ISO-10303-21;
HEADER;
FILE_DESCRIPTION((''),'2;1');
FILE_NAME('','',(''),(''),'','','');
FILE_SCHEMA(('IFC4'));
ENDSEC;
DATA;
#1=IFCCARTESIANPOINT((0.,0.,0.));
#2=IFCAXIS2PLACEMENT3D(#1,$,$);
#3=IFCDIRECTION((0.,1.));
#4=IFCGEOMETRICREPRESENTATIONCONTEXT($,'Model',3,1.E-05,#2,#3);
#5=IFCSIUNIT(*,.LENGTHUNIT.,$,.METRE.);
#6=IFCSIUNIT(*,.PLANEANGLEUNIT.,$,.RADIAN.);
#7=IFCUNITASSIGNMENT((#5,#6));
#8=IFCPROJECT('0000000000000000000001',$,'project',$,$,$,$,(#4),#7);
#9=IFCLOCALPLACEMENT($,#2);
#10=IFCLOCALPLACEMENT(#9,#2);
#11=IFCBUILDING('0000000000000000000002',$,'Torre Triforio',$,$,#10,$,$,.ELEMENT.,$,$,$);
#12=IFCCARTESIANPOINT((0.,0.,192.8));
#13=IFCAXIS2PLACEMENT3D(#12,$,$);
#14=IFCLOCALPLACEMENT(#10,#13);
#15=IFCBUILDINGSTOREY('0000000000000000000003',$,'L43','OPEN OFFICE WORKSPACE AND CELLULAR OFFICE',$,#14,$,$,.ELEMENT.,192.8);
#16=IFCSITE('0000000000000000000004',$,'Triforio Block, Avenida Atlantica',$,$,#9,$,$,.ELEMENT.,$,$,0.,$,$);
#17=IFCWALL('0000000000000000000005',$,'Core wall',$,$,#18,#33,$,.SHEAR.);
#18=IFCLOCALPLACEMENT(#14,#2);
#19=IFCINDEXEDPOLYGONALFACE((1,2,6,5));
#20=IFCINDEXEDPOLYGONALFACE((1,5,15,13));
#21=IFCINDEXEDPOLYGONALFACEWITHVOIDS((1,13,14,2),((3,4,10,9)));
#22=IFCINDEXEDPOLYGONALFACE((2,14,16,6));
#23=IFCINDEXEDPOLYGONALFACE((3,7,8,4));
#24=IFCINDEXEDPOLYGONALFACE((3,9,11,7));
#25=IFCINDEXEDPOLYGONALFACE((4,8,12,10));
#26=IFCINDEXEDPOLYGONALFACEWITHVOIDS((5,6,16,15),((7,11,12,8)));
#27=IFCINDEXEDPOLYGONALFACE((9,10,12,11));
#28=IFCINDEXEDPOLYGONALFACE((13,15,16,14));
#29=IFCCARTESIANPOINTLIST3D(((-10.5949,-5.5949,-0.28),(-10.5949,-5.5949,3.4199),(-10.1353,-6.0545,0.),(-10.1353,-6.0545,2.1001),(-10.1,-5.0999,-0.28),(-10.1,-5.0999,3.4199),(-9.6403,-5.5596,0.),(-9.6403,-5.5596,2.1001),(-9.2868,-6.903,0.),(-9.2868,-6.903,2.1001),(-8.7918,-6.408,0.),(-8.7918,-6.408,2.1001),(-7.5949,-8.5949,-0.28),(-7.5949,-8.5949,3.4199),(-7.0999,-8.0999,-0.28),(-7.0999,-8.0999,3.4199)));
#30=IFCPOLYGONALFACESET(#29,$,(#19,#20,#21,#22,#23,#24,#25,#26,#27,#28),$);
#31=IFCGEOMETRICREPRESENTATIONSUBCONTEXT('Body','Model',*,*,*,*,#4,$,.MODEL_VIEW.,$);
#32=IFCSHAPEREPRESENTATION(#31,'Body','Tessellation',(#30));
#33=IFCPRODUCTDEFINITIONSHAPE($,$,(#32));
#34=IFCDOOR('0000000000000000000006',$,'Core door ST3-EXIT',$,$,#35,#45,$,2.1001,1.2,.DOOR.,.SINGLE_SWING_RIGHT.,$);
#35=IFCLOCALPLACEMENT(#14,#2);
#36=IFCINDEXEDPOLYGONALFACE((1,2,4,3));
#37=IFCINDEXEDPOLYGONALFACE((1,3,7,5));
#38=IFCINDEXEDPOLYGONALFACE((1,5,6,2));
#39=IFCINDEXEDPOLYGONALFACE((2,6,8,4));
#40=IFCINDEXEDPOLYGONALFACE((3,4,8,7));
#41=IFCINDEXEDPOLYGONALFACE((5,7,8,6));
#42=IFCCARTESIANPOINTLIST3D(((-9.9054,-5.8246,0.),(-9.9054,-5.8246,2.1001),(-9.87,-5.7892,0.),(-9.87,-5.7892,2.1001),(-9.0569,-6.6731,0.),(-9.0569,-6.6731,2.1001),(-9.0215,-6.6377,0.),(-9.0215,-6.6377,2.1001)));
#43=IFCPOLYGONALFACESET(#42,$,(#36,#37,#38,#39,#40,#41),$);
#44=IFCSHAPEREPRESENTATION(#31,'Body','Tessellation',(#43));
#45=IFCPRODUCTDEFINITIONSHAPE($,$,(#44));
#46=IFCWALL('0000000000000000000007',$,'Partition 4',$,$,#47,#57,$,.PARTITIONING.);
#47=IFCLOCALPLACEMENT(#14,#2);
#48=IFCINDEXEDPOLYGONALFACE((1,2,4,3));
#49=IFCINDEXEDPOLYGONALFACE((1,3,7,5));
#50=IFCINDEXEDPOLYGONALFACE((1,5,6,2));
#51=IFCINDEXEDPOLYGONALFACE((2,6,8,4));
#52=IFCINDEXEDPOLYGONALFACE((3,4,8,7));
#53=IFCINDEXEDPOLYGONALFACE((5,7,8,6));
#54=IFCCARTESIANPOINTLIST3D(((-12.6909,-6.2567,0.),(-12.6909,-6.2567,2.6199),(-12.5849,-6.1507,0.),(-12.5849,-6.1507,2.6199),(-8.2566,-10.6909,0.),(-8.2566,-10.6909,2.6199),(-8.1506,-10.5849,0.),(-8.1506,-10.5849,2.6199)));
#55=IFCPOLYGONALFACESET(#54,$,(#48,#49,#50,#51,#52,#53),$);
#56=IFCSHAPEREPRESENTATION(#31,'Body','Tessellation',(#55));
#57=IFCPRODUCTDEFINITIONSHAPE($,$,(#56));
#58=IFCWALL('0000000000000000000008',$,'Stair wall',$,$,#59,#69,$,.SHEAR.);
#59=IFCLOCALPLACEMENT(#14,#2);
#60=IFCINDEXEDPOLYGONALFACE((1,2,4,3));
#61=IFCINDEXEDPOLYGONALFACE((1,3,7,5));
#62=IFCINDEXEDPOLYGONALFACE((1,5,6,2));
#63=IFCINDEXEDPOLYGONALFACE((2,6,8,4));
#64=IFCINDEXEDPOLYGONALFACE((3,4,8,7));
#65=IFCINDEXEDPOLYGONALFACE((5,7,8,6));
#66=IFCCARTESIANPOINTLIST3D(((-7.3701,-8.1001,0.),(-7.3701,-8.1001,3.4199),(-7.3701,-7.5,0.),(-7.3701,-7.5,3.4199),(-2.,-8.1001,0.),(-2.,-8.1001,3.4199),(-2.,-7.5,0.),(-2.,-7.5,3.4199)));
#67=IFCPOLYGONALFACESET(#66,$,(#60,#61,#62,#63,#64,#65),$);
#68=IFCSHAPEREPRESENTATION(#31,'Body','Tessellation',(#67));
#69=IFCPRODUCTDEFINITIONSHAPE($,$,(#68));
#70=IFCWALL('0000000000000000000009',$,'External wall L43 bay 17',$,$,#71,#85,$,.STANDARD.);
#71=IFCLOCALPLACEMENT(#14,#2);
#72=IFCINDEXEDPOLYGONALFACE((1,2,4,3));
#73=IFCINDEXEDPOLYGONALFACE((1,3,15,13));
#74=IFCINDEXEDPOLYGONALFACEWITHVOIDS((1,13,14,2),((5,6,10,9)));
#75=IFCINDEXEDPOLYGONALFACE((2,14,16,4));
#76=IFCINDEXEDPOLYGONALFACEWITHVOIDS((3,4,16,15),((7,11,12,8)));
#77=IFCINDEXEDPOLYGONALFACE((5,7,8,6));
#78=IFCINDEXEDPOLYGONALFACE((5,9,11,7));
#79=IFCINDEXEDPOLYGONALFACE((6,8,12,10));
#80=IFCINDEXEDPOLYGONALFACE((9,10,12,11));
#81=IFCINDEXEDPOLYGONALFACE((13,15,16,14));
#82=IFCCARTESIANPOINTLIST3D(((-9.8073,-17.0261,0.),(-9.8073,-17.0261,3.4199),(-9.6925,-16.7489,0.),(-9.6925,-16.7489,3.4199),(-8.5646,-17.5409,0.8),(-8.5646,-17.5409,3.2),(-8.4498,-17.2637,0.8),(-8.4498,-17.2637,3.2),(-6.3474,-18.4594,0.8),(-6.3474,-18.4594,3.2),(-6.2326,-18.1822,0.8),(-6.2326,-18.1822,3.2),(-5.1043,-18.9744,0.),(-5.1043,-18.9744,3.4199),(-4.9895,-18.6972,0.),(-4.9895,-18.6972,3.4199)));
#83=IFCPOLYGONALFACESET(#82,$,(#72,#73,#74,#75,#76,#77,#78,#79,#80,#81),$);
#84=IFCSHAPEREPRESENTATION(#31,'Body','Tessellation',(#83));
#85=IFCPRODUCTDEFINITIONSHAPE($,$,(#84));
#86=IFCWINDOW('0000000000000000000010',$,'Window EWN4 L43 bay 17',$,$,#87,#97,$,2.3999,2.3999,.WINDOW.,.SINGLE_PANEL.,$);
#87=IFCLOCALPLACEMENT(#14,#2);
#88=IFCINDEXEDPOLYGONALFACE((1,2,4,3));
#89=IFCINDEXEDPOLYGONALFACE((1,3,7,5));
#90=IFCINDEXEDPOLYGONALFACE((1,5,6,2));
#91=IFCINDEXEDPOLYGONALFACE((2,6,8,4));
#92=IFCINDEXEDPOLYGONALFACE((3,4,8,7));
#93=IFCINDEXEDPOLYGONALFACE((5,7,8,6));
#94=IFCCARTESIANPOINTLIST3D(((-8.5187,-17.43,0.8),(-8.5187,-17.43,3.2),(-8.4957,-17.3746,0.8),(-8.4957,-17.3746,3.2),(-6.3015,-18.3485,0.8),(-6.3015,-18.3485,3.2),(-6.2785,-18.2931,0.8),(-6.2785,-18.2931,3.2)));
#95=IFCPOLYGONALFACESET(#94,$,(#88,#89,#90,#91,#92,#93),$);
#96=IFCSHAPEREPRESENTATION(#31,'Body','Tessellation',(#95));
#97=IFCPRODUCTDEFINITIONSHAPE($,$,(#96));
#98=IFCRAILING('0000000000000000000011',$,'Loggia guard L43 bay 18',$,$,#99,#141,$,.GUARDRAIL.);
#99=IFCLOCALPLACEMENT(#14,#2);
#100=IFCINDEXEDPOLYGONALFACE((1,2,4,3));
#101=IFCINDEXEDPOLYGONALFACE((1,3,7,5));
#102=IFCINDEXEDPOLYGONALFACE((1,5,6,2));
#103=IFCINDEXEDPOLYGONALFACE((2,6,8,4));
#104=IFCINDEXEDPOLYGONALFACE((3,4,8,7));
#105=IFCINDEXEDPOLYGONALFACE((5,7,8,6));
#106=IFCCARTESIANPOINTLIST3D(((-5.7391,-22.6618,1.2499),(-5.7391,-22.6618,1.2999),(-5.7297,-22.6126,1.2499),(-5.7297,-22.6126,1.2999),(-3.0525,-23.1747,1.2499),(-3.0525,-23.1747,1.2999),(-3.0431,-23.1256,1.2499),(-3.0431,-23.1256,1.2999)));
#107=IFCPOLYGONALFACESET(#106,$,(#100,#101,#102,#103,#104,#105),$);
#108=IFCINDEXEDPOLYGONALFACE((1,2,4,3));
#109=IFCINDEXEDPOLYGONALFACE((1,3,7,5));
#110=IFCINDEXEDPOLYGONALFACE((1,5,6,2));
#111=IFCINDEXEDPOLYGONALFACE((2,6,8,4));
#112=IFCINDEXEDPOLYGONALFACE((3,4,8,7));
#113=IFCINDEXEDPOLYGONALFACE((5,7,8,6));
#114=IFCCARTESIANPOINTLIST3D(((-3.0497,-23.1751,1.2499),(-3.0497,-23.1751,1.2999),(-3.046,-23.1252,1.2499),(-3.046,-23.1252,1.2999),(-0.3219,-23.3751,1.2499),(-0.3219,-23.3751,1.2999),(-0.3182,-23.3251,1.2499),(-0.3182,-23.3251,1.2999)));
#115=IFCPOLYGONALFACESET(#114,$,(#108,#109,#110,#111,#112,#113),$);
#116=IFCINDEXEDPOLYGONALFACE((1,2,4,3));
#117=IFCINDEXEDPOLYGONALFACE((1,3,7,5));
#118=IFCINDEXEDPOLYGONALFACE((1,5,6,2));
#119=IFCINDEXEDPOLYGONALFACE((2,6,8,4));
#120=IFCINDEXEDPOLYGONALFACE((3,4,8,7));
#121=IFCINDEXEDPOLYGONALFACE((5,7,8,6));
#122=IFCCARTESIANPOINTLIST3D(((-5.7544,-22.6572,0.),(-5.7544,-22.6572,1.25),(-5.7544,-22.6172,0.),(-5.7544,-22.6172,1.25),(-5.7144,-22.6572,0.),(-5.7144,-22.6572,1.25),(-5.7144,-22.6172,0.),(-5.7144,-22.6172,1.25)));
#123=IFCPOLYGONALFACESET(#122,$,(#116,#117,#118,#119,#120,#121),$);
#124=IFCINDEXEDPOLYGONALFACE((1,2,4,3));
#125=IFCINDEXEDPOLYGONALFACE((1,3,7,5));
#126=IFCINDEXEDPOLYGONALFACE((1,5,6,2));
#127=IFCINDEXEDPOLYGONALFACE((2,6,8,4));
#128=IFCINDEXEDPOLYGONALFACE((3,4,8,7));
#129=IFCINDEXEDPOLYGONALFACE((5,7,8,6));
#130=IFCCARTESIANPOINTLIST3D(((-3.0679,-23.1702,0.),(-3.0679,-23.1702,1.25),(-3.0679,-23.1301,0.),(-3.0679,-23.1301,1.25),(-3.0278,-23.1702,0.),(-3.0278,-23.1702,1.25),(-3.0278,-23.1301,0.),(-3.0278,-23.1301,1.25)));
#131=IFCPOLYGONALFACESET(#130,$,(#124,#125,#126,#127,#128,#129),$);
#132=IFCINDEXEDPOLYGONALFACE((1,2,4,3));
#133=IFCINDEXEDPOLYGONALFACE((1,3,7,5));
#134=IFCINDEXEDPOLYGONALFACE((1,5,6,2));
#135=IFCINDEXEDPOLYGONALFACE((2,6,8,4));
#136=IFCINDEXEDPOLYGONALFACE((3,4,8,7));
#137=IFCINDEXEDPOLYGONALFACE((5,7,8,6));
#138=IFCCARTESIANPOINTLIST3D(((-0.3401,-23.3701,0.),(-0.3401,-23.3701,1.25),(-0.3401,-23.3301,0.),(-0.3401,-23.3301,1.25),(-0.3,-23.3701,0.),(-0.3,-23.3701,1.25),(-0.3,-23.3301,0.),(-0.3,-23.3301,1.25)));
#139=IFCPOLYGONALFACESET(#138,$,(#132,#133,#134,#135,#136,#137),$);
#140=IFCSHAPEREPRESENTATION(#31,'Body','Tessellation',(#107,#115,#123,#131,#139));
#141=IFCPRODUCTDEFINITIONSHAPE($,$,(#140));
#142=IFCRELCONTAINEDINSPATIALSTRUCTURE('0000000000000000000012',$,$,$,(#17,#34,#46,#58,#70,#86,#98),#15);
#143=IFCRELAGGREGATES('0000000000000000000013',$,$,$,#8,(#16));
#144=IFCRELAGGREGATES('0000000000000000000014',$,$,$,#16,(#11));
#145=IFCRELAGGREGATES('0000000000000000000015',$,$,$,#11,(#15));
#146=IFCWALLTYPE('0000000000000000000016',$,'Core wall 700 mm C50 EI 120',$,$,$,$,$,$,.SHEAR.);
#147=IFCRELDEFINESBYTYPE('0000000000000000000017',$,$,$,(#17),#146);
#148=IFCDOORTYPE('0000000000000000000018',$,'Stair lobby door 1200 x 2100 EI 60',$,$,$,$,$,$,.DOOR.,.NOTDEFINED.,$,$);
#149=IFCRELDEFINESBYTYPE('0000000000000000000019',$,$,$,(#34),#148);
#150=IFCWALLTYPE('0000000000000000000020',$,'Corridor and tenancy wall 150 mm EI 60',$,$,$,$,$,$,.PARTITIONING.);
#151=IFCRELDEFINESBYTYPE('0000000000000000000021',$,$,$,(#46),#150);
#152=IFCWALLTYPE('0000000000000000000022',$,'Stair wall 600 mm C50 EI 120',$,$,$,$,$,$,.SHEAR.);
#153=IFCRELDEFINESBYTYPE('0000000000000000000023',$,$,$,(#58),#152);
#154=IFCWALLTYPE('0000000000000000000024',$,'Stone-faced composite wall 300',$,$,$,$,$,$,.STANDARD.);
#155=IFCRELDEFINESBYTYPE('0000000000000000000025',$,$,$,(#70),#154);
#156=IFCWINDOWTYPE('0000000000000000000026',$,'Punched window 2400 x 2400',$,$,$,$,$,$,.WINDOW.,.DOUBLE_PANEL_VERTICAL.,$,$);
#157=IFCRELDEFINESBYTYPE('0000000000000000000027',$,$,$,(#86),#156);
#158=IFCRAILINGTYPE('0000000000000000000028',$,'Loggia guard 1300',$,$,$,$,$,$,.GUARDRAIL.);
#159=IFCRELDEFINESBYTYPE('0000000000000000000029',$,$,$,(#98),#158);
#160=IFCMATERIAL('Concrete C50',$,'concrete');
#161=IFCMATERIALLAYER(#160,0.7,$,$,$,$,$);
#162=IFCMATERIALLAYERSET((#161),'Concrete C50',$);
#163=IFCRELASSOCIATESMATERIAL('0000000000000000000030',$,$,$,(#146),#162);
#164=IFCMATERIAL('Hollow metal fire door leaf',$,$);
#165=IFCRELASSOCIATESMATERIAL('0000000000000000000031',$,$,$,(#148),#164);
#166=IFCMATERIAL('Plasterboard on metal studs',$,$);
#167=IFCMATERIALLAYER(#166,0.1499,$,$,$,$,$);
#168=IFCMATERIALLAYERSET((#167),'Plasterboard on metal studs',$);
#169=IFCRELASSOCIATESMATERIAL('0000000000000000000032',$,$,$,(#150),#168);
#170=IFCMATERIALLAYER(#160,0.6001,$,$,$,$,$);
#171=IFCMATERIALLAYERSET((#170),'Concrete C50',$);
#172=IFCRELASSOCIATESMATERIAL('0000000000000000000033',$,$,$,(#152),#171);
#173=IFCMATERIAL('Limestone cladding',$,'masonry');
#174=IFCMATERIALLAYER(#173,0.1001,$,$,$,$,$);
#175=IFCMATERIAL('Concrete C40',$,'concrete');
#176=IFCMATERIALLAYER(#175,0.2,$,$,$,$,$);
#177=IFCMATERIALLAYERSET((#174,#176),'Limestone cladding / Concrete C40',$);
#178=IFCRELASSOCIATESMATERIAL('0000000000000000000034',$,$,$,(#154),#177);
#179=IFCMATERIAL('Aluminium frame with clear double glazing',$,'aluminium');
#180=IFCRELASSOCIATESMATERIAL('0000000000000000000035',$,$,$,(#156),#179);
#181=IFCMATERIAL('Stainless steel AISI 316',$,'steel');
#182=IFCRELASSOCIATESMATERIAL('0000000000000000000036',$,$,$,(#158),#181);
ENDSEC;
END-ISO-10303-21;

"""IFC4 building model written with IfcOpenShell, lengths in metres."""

from ifc_helpers import new_model, si_unit, direction, frame, frame_2d, origin, origin_2d, place, context, subcontext, project, spatial, rectangle, extrude, material, layer, layer_set, type_object, element, fill, save


model = new_model("IFC4")

# Units and contexts
model_context = context("Model", 3, precision=1e-05, world=origin(), true_north=direction((0.0, 1.0)))
body_context = subcontext(model_context, "Body", "Model", "MODEL_VIEW")
ifc_project = project(units=[si_unit("LENGTHUNIT", "METRE"), si_unit("PLANEANGLEUNIT", "RADIAN")], contexts=[model_context])

# Site, building, storey
site_placement = place(None, origin())
site = spatial("IfcSite", under=ifc_project, at=site_placement, Name="Triforio Block, Avenida Atlantica", CompositionType="ELEMENT", RefElevation=0.0)
building_placement = place(site_placement, origin())
building = spatial("IfcBuilding", under=site, at=building_placement, Name="Torre Triforio", CompositionType="ELEMENT")
storey_placement = place(building_placement, frame((0.0, 0.0, 192.8)))
storey = spatial("IfcBuildingStorey", under=building, at=storey_placement, Name="L43", Description="OPEN OFFICE WORKSPACE AND CELLULAR OFFICE", CompositionType="ELEMENT", Elevation=192.8)

# Shared definitions
ifc_material_1 = material(Name="Concrete C50", Category="concrete")

# Shared definitions
ifc_material_2 = material(Name="Concrete C40", Category="concrete")

# Shared definitions
ifc_layer_1 = layer(ifc_material_1, 0.7)
ifc_layer_set_1 = layer_set([ifc_layer_1], Name="Concrete C50")
wall_type_1 = type_object("IfcWallType", Name="Core wall 700 mm C50 EI 120", PredefinedType="SHEAR", material=ifc_layer_set_1)
ifc_material_3 = material(Name="Hollow metal fire door leaf")

# Wall, opening, door
wall_1_placement = place(storey_placement, frame((-7.3474, -8.3474, -0.28), z_axis=(0.0, 0.0, 1.0), x_axis=(-0.707107, 0.707107, 0.0)))
wall_1 = element("IfcWall", 1, at=wall_1_placement, inside=storey, type_object=wall_type_1, Name="Core wall", PredefinedType="SHEAR", context=body_context, shape_type="SweptSolid", body=[
    extrude(rectangle(XDim=4.2427, YDim=0.7, at=frame_2d((2.1213, 0.0))), origin(), (0.0, 0.0, 1.0), 3.7),
])
opening_1_placement = place(wall_1_placement, frame((2.3926, 0.0, 0.28)))
opening_1 = element("IfcOpeningElement", 2, at=opening_1_placement, cuts=wall_1, PredefinedType="OPENING", context=body_context, shape_type="SweptSolid", body=[
    extrude(rectangle(XDim=1.2, YDim=2.1001, at=frame_2d((0.6001, 1.05))), frame((0.0, 0.3599, 0.0), z_axis=(0.0, -1.0, 0.0), x_axis=(1.0, 0.0, 0.0)), (0.0, 0.0, 1.0), 0.72),
])
door_type_1 = type_object("IfcDoorType", Name="Stair lobby door 1200 x 2100 EI 60", OperationType="NOTDEFINED", PredefinedType="DOOR", material=ifc_material_3)
door_1_placement = place(opening_1_placement, origin())
door_1 = element("IfcDoor", 3, at=door_1_placement, inside=storey, type_object=door_type_1, Name="Core door ST3-EXIT", OperationType="SINGLE_SWING_RIGHT", OverallHeight=2.1001, OverallWidth=1.2, PredefinedType="DOOR", context=body_context, shape_type="SweptSolid", body=[
    extrude(rectangle(XDim=1.2, YDim=2.1001, at=frame_2d((0.6001, 1.05))), frame((0.0, 0.0249, 0.0), z_axis=(0.0, -1.0, 0.0), x_axis=(1.0, 0.0, 0.0)), (0.0, 0.0, 1.0), 0.05),
])
fill(opening_1, door_1)

# Walls
ifc_material_4 = material(Name="Plasterboard on metal studs")
ifc_layer_2 = layer(ifc_material_4, 0.1499)
ifc_layer_set_2 = layer_set([ifc_layer_2], Name="Plasterboard on metal studs")
wall_type_2 = type_object("IfcWallType", Name="Corridor and tenancy wall 150 mm EI 60", PredefinedType="PARTITIONING", material=ifc_layer_set_2)
wall_2_placement = place(storey_placement, frame((-8.2036, -10.6379, 0.0), z_axis=(0.0, 0.0, 1.0), x_axis=(-0.707107, 0.707107, 0.0)))
element("IfcWall", 4, at=wall_2_placement, inside=storey, type_object=wall_type_2, Name="Partition 4", PredefinedType="PARTITIONING", context=body_context, shape_type="SweptSolid", body=[
    extrude(rectangle(XDim=6.271, YDim=0.1499, at=frame_2d((3.1355, 0.0))), origin(), (0.0, 0.0, 1.0), 2.6199),
])
ifc_layer_3 = layer(ifc_material_1, 0.6001)
ifc_layer_set_3 = layer_set([ifc_layer_3], Name="Concrete C50")
wall_type_3 = type_object("IfcWallType", Name="Stair wall 600 mm C50 EI 120", PredefinedType="SHEAR", material=ifc_layer_set_3)
wall_3_placement = place(storey_placement, frame((-7.3701, -7.8, 0.0), z_axis=(0.0, 0.0, 1.0), x_axis=(1.0, 0.0, 0.0)))
element("IfcWall", 5, at=wall_3_placement, inside=storey, type_object=wall_type_3, Name="Stair wall", PredefinedType="SHEAR", context=body_context, shape_type="SweptSolid", body=[
    extrude(rectangle(XDim=5.3701, YDim=0.6001, at=frame_2d((2.6851, 0.0))), origin(), (0.0, 0.0, 1.0), 3.4199),
])

# Wall, opening, window
ifc_material_5 = material(Name="Limestone cladding", Category="masonry")
ifc_layer_4 = layer(ifc_material_5, 0.1001)
ifc_layer_5 = layer(ifc_material_2, 0.2)
ifc_layer_set_4 = layer_set([ifc_layer_4, ifc_layer_5], Name="Limestone cladding / Concrete C40")
wall_type_4 = type_object("IfcWallType", Name="Stone-faced composite wall 300", PredefinedType="STANDARD", material=ifc_layer_set_4)
wall_4_placement = place(storey_placement, frame((-9.75, -16.8875, 0.0), z_axis=(0.0, 0.0, 1.0), x_axis=(0.923863, -0.382725, 0.0)))
wall_4 = element("IfcWall", 6, at=wall_4_placement, inside=storey, type_object=wall_type_4, Name="External wall L43 bay 17", PredefinedType="STANDARD", context=body_context, shape_type="SweptSolid", body=[
    extrude(rectangle(XDim=5.0906, YDim=0.3, at=frame_2d((2.5454, 0.0))), origin(), (0.0, 0.0, 1.0), 3.4199),
])
opening_2_placement = place(wall_4_placement, frame((1.3452, 0.0, 0.8)))
opening_2 = element("IfcOpeningElement", 7, at=opening_2_placement, cuts=wall_4, PredefinedType="OPENING", context=body_context, shape_type="SweptSolid", body=[
    extrude(rectangle(XDim=2.3999, YDim=2.3999, at=frame_2d((1.2, 1.2))), frame((0.0, 0.1599, 0.0), z_axis=(0.0, -1.0, 0.0), x_axis=(1.0, 0.0, 0.0)), (0.0, 0.0, 1.0), 0.3201),
])
ifc_material_6 = material(Name="Aluminium frame with clear double glazing", Category="aluminium")
window_type_1 = type_object("IfcWindowType", Name="Punched window 2400 x 2400", PartitioningType="DOUBLE_PANEL_VERTICAL", PredefinedType="WINDOW", material=ifc_material_6)
window_1_placement = place(opening_2_placement, origin())
window_1 = element("IfcWindow", 8, at=window_1_placement, inside=storey, type_object=window_type_1, Name="Window EWN4 L43 bay 17", OverallHeight=2.3999, OverallWidth=2.3999, PartitioningType="SINGLE_PANEL", PredefinedType="WINDOW", context=body_context, shape_type="SweptSolid", body=[
    extrude(rectangle(XDim=2.3999, YDim=2.3999, at=frame_2d((1.2, 1.2))), frame((0.0, 0.03, 0.0), z_axis=(0.0, -1.0, 0.0), x_axis=(1.0, 0.0, 0.0)), (0.0, 0.0, 1.0), 0.0601),
])
fill(opening_2, window_1)

# Railing
ifc_material_7 = material(Name="Stainless steel AISI 316", Category="steel")
railing_type = type_object("IfcRailingType", Name="Loggia guard 1300", PredefinedType="GUARDRAIL", material=ifc_material_7)
railing_placement = place(storey_placement, frame((-5.7344, -22.6372, 0.0)))
element("IfcRailing", 9, at=railing_placement, inside=storey, type_object=railing_type, Name="Loggia guard L43 bay 18", PredefinedType="GUARDRAIL", context=body_context, shape_type="SweptSolid", body=[
    extrude(rectangle(XDim=0.05, YDim=0.05, at=origin_2d()), frame((0.0, 0.0, 1.2749), z_axis=(0.982256, -0.187543, 0.0), x_axis=(0.187543, 0.982256, 0.0)), (0.0, 0.0, 1.0), 2.7351),
    extrude(rectangle(XDim=0.05, YDim=0.05, at=origin_2d()), frame((2.6865, -0.5129, 1.2749), z_axis=(0.997324, -0.073106, 0.0), x_axis=(0.073106, 0.997324, 0.0)), (0.0, 0.0, 1.0), 2.7351),
    extrude(rectangle(XDim=0.04, YDim=0.04, at=origin_2d()), origin(), (0.0, 0.0, 1.0), 1.25),
    extrude(rectangle(XDim=0.04, YDim=0.04, at=origin_2d()), frame((2.6865, -0.5129, 0.0)), (0.0, 0.0, 1.0), 1.25),
    extrude(rectangle(XDim=0.04, YDim=0.04, at=origin_2d()), frame((5.4143, -0.7129, 0.0)), (0.0, 0.0, 1.0), 1.25),
])

save(model, "model.ifc")
